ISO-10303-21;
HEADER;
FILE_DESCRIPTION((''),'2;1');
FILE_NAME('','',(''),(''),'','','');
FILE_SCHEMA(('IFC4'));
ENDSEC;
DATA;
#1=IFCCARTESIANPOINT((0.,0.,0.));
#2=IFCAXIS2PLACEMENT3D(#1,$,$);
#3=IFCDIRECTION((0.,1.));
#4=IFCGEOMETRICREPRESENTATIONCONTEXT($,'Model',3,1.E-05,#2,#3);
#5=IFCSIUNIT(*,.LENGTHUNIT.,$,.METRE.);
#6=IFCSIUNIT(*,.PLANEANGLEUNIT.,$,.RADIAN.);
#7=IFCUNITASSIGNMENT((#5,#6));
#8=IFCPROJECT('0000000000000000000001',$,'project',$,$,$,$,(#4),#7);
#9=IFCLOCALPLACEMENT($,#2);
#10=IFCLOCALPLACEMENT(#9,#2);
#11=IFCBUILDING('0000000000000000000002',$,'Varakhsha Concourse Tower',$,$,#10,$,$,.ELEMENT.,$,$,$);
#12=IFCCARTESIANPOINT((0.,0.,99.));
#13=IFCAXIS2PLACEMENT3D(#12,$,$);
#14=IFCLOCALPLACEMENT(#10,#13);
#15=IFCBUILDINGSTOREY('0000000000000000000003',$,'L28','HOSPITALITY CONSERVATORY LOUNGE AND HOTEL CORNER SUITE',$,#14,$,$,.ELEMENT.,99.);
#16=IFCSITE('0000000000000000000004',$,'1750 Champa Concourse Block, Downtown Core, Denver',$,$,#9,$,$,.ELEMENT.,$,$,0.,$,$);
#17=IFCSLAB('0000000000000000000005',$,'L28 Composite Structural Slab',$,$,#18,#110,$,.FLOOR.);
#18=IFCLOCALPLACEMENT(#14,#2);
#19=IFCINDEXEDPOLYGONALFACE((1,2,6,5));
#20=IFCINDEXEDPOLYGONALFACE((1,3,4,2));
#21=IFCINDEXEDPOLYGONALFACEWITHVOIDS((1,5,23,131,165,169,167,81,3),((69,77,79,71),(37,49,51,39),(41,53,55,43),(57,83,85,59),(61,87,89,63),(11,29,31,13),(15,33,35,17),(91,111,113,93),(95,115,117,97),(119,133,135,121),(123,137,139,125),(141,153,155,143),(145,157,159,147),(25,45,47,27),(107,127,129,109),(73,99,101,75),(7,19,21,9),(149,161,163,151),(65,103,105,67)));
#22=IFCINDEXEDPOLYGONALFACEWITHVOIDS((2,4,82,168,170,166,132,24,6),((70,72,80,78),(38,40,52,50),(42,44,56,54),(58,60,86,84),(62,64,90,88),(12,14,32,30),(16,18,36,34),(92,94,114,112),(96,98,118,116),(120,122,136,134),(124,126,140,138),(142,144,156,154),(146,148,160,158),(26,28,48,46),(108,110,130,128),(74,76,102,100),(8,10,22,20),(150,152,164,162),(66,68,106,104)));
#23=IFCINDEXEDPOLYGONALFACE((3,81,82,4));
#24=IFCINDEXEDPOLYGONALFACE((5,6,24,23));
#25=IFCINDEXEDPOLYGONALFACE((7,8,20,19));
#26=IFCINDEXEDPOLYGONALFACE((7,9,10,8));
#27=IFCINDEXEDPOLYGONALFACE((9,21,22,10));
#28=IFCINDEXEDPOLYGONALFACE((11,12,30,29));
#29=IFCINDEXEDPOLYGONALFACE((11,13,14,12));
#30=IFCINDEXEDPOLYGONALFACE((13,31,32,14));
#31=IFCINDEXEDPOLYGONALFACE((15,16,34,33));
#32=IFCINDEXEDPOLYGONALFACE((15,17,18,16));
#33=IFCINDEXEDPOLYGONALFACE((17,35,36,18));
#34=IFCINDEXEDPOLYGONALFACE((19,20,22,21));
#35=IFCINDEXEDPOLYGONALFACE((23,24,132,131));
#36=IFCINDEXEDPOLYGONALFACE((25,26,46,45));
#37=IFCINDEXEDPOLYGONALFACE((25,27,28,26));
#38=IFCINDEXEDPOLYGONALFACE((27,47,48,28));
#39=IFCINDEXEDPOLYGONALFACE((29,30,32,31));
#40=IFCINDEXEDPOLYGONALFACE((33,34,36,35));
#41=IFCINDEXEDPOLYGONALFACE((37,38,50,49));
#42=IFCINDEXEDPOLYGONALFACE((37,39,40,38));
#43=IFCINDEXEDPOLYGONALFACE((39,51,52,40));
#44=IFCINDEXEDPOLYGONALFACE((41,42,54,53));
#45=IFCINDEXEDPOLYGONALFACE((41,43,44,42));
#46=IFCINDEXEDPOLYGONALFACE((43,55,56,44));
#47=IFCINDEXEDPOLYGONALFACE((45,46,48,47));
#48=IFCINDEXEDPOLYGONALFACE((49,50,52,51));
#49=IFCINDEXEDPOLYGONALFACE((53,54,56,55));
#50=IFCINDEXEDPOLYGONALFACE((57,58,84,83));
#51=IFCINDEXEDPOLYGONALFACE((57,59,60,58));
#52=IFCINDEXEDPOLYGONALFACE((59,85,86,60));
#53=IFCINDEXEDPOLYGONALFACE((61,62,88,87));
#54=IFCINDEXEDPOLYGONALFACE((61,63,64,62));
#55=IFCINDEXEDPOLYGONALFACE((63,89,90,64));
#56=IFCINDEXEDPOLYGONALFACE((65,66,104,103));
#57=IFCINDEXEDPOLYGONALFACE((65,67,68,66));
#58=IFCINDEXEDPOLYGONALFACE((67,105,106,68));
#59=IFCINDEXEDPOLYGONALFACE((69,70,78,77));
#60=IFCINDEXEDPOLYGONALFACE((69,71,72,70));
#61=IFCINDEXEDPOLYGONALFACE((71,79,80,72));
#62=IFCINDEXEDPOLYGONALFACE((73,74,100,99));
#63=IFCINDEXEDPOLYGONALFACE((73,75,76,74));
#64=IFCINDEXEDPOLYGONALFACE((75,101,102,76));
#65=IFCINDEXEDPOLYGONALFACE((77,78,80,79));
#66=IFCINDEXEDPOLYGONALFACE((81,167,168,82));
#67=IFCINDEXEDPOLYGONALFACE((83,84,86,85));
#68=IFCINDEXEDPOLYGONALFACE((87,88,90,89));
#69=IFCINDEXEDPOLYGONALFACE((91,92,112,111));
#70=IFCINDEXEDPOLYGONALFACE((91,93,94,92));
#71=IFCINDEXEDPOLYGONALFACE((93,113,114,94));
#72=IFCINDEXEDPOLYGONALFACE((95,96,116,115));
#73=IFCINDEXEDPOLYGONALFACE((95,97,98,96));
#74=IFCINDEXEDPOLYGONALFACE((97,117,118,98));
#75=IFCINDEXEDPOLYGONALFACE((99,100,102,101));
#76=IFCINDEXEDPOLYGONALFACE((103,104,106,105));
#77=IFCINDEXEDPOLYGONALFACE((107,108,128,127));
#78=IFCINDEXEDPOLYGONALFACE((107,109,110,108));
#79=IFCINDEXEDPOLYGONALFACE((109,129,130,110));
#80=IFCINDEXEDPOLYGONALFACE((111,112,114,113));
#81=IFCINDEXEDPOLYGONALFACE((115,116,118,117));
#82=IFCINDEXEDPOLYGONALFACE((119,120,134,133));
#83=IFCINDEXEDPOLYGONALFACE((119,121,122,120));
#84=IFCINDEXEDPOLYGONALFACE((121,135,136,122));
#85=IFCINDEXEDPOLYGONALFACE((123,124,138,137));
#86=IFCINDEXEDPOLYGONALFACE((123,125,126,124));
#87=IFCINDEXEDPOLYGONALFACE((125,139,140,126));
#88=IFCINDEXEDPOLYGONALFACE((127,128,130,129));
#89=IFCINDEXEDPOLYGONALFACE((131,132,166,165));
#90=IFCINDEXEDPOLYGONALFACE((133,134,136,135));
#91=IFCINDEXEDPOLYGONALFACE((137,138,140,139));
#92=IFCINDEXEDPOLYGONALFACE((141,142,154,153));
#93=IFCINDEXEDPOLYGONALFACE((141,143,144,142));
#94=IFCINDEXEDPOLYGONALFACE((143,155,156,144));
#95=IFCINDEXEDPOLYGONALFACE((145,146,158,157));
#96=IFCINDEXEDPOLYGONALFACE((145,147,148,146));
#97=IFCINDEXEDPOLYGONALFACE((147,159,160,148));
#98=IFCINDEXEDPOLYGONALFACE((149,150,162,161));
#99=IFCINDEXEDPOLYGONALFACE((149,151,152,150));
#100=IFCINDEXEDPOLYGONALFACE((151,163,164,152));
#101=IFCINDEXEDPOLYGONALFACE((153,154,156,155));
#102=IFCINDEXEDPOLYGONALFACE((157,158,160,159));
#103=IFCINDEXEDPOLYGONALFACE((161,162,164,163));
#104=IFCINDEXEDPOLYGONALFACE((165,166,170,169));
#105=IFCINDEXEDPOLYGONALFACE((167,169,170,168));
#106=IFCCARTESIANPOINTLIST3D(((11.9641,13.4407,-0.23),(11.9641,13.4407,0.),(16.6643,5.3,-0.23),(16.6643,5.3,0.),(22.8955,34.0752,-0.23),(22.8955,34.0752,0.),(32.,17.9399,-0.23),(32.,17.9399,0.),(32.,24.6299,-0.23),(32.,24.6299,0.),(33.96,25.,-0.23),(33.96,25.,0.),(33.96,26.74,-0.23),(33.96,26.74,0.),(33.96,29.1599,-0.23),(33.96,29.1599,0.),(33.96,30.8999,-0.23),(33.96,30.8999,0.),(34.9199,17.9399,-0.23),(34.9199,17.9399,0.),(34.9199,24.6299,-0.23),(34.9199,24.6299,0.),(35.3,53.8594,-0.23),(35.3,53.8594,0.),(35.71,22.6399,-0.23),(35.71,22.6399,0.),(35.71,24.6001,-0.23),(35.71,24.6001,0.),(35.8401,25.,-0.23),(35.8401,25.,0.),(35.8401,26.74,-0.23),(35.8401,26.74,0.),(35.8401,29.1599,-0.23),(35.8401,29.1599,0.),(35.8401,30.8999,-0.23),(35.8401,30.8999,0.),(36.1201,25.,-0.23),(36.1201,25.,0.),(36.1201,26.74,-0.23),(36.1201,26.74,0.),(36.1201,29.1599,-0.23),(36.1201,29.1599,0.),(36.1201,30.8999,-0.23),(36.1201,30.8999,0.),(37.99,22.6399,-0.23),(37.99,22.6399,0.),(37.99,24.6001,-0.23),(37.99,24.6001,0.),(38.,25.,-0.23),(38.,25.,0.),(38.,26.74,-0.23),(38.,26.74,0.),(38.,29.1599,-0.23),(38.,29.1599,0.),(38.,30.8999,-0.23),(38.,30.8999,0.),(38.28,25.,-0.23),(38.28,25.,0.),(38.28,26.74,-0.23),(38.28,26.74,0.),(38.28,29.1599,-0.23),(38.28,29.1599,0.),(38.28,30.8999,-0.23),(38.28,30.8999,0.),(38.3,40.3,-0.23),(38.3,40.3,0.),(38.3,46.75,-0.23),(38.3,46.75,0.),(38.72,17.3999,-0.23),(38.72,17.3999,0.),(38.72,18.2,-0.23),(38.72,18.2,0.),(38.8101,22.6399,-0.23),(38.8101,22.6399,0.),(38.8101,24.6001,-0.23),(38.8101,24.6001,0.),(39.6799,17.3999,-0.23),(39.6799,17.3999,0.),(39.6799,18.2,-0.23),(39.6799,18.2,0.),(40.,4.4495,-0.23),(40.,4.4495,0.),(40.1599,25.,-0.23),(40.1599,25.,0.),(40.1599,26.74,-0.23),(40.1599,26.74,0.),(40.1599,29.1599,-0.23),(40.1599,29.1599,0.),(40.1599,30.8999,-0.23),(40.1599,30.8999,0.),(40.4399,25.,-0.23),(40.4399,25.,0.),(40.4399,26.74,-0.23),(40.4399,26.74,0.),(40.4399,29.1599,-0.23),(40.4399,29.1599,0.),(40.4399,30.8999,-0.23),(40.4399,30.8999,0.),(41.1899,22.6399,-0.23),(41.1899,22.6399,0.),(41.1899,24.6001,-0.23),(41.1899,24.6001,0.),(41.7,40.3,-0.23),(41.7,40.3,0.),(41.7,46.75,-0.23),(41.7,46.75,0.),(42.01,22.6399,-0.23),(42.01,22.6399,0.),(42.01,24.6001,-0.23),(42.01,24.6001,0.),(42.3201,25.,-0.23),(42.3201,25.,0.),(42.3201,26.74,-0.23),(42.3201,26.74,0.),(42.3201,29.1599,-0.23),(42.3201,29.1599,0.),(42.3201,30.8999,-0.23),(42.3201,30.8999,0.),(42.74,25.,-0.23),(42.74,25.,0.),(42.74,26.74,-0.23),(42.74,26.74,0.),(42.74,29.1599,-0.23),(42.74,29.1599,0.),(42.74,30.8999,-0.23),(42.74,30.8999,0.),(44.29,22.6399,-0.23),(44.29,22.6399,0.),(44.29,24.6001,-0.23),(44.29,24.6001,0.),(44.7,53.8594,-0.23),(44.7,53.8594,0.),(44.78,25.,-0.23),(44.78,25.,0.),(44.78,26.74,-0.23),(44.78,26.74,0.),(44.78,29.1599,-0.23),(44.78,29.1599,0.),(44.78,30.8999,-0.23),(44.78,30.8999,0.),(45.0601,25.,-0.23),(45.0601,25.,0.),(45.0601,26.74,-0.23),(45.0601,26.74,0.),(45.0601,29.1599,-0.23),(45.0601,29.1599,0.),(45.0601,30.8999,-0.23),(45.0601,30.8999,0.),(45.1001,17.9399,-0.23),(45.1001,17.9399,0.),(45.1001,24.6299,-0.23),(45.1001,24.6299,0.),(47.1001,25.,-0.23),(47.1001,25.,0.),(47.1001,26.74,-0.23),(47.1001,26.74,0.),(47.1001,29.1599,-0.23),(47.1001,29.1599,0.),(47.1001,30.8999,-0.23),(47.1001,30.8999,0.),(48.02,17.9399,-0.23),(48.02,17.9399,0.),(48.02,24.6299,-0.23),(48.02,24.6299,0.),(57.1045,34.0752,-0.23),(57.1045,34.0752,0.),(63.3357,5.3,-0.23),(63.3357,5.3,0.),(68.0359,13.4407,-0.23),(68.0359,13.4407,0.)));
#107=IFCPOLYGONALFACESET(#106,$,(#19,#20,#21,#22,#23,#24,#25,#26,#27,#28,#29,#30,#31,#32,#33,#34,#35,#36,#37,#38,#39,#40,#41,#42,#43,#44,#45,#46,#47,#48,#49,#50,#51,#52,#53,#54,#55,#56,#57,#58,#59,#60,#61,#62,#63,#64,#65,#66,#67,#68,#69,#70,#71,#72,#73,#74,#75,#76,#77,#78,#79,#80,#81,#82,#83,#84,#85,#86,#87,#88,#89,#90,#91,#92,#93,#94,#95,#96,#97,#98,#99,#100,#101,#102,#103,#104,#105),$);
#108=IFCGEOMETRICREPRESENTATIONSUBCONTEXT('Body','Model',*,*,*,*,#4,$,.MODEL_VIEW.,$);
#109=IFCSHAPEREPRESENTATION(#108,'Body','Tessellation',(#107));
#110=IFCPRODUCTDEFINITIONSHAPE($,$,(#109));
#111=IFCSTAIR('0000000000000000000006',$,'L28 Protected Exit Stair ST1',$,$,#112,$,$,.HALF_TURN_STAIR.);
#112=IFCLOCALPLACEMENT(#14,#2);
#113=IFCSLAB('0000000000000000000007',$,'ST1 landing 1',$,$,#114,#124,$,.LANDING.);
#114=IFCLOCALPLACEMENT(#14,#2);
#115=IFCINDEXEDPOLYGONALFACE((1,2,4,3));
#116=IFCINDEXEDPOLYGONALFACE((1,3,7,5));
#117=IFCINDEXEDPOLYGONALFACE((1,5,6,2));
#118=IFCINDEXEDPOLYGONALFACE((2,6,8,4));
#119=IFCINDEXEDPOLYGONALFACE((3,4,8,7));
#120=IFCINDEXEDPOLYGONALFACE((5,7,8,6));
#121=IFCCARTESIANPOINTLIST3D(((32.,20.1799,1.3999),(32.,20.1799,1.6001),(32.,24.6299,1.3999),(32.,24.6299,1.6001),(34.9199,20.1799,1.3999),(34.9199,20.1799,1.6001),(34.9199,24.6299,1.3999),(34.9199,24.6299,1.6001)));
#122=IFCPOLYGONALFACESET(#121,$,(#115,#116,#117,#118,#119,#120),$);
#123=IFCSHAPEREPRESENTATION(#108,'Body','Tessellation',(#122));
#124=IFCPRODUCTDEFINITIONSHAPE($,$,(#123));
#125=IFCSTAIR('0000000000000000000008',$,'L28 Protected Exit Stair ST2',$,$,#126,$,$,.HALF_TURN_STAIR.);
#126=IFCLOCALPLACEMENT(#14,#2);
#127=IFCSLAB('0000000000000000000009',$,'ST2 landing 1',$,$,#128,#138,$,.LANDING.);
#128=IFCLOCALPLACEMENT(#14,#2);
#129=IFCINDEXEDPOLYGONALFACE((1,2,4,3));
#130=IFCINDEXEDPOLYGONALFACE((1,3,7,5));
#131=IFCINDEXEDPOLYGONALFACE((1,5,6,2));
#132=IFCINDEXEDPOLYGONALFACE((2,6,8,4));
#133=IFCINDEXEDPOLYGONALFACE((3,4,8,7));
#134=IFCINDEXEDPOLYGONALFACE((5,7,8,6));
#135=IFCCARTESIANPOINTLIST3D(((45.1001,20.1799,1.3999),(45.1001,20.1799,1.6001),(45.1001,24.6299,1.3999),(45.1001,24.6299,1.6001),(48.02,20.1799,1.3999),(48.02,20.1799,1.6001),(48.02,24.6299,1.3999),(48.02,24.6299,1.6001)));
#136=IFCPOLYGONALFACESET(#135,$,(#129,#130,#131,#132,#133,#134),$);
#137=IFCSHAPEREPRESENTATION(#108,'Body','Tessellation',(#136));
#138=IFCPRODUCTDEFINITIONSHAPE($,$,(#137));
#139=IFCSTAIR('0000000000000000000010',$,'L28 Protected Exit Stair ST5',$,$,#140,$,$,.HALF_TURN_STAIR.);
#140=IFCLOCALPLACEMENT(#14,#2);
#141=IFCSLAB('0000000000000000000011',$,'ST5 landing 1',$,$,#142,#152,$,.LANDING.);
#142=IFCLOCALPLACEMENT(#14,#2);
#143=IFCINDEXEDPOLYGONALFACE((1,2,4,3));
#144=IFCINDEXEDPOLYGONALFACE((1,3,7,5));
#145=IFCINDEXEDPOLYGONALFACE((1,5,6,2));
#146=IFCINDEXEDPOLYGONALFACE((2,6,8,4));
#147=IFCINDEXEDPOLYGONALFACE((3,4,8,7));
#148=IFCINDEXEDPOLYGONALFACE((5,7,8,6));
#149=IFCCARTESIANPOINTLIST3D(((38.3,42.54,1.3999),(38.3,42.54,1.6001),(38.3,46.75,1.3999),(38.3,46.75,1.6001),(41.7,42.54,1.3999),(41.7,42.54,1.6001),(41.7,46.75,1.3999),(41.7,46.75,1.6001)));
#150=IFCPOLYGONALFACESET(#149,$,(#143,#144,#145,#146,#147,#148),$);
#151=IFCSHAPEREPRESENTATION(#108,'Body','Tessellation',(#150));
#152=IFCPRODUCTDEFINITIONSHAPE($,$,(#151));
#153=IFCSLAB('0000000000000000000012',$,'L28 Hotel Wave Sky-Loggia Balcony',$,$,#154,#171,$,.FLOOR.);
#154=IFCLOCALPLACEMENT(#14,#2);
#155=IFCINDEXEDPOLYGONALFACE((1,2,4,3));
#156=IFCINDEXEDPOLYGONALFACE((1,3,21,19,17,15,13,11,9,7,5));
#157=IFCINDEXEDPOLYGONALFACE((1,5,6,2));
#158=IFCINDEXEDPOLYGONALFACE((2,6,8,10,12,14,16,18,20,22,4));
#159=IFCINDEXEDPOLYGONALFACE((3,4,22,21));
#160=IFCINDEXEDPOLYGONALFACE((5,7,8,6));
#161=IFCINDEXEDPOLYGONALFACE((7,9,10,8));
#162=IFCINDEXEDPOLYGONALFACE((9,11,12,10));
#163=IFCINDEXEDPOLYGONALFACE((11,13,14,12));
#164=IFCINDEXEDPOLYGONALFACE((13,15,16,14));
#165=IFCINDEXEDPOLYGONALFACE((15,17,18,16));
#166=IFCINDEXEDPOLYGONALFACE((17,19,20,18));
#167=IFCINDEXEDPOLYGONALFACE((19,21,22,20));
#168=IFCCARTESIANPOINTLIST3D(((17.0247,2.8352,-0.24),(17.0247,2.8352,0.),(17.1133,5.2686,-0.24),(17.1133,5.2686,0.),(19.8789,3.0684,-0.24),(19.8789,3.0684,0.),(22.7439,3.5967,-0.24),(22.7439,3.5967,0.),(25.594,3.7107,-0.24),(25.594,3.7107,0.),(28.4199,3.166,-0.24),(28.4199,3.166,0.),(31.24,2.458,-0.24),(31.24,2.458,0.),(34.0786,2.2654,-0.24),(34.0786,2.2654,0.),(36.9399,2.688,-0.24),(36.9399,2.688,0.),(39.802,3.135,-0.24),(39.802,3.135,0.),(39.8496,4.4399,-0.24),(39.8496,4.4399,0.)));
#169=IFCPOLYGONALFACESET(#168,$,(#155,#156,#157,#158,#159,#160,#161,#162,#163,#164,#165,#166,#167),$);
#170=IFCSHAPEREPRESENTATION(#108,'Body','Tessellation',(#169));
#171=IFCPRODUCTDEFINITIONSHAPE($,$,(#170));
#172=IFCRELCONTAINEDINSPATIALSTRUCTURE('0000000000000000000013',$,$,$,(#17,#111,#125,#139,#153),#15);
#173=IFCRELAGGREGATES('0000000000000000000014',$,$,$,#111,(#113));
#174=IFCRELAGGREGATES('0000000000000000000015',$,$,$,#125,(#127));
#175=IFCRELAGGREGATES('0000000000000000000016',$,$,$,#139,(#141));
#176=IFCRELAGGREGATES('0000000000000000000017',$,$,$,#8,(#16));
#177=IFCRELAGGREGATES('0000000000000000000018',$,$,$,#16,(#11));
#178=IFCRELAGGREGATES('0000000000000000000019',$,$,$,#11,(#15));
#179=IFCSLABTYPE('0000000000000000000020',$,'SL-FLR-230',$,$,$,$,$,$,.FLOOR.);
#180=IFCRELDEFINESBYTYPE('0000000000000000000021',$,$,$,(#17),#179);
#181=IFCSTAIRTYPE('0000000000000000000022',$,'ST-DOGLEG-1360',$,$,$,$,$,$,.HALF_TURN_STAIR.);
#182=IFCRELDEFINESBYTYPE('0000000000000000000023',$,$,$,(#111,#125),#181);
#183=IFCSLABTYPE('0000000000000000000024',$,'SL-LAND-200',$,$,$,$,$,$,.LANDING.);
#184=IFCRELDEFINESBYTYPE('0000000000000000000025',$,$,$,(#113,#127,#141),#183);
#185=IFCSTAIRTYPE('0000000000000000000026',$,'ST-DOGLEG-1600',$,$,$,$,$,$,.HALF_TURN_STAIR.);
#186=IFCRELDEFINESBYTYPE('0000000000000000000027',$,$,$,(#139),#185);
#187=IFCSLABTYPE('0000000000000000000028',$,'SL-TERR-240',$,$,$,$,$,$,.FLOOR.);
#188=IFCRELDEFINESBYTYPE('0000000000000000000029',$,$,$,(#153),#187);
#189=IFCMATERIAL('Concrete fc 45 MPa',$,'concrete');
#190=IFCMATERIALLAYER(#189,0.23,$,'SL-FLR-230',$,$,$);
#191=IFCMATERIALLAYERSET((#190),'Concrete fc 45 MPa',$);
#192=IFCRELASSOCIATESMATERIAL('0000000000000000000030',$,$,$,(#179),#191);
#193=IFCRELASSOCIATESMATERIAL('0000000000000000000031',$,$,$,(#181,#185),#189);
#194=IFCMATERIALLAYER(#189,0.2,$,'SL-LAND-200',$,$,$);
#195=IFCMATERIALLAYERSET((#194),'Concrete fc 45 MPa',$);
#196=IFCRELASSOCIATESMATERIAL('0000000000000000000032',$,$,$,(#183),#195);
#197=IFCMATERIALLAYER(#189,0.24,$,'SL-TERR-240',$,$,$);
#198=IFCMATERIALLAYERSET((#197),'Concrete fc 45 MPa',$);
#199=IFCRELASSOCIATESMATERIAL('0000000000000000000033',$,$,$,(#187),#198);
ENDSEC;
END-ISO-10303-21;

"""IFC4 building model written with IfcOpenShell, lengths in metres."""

from ifc_helpers import new_model, si_unit, direction, frame, origin, place, context, subcontext, project, spatial, polyline, outline, extrude, material, layer, layer_set, type_object, element, aggregate, save


model = new_model("IFC4")

# Units and contexts
model_context = context("Model", 3, precision=1e-05, world=origin(), true_north=direction((0.0, 1.0)))
body_context = subcontext(model_context, "Body", "Model", "MODEL_VIEW")
ifc_project = project(units=[si_unit("LENGTHUNIT", "METRE"), si_unit("PLANEANGLEUNIT", "RADIAN")], contexts=[model_context])

# Site, building, storey
site_placement = place(None, origin())
site = spatial("IfcSite", under=ifc_project, at=site_placement, Name="1750 Champa Concourse Block, Downtown Core, Denver", CompositionType="ELEMENT", RefElevation=0.0)
building_placement = place(site_placement, origin())
building = spatial("IfcBuilding", under=site, at=building_placement, Name="Varakhsha Concourse Tower", CompositionType="ELEMENT")
storey_placement = place(building_placement, frame((0.0, 0.0, 99.0)))
storey = spatial("IfcBuildingStorey", under=building, at=storey_placement, Name="L28", Description="HOSPITALITY CONSERVATORY LOUNGE AND HOTEL CORNER SUITE", CompositionType="ELEMENT", Elevation=99.0)

# Slab
ifc_material_1 = material(Name="Concrete fc 45 MPa", Category="concrete")
ifc_layer_1 = layer(ifc_material_1, 0.23, Name="SL-FLR-230")
ifc_layer_set_1 = layer_set([ifc_layer_1], Name="Concrete fc 45 MPa")
slab_type_1 = type_object("IfcSlabType", Name="SL-FLR-230", PredefinedType="FLOOR", material=ifc_layer_set_1)
slab_1_placement = place(storey_placement, frame((0.0, 0.0, -0.23)))
element("IfcSlab", 1, at=slab_1_placement, inside=storey, type_object=slab_type_1, Name="L28 Composite Structural Slab", PredefinedType="FLOOR", context=body_context, shape_type="SweptSolid", body=[
    extrude(outline(polyline([(44.7, 53.8594), (35.3, 53.8594), (22.8955, 34.0752), (11.9641, 13.4407), (16.6643, 5.3), (40.0, 4.4495), (63.3357, 5.3), (68.0359, 13.4407), (57.1045, 34.0752), (44.7, 53.8594)]), holes=[polyline([(34.9199, 17.9399), (34.9199, 24.6299), (32.0, 24.6299), (32.0, 17.9399), (34.9199, 17.9399)]), polyline([(48.02, 17.9399), (48.02, 24.6299), (45.1001, 24.6299), (45.1001, 17.9399), (48.02, 17.9399)]), polyline([(41.7, 40.3), (41.7, 46.75), (38.3, 46.75), (38.3, 40.3), (41.7, 40.3)]), polyline([(33.96, 29.1599), (35.8401, 29.1599), (35.8401, 30.8999), (33.96, 30.8999), (33.96, 29.1599)]), polyline([(36.1201, 29.1599), (38.0, 29.1599), (38.0, 30.8999), (36.1201, 30.8999), (36.1201, 29.1599)]), polyline([(38.28, 29.1599), (40.1599, 29.1599), (40.1599, 30.8999), (38.28, 30.8999), (38.28, 29.1599)]), polyline([(40.4399, 29.1599), (42.3201, 29.1599), (42.3201, 30.8999), (40.4399, 30.8999), (40.4399, 29.1599)]), polyline([(33.96, 25.0), (35.8401, 25.0), (35.8401, 26.74), (33.96, 26.74), (33.96, 25.0)]), polyline([(36.1201, 25.0), (38.0, 25.0), (38.0, 26.74), (36.1201, 26.74), (36.1201, 25.0)]), polyline([(38.28, 25.0), (40.1599, 25.0), (40.1599, 26.74), (38.28, 26.74), (38.28, 25.0)]), polyline([(40.4399, 25.0), (42.3201, 25.0), (42.3201, 26.74), (40.4399, 26.74), (40.4399, 25.0)]), polyline([(42.74, 29.1599), (44.78, 29.1599), (44.78, 30.8999), (42.74, 30.8999), (42.74, 29.1599)]), polyline([(45.0601, 29.1599), (47.1001, 29.1599), (47.1001, 30.8999), (45.0601, 30.8999), (45.0601, 29.1599)]), polyline([(42.74, 25.0), (44.78, 25.0), (44.78, 26.74), (42.74, 26.74), (42.74, 25.0)]), polyline([(45.0601, 25.0), (47.1001, 25.0), (47.1001, 26.74), (45.0601, 26.74), (45.0601, 25.0)]), polyline([(35.71, 22.6399), (37.99, 22.6399), (37.99, 24.6001), (35.71, 24.6001), (35.71, 22.6399)]), polyline([(42.01, 22.6399), (44.29, 22.6399), (44.29, 24.6001), (42.01, 24.6001), (42.01, 22.6399)]), polyline([(38.8101, 22.6399), (41.1899, 22.6399), (41.1899, 24.6001), (38.8101, 24.6001), (38.8101, 22.6399)]), polyline([(38.72, 17.3999), (39.6799, 17.3999), (39.6799, 18.2), (38.72, 18.2), (38.72, 17.3999)])]), origin(), (0.0, 0.0, 1.0), 0.23),
])

# Stairs, slabs
stair_type_1 = type_object("IfcStairType", Name="ST-DOGLEG-1360", PredefinedType="HALF_TURN_STAIR", material=ifc_material_1)
stair_1_placement = place(storey_placement, origin())
stair_1 = element("IfcStair", 2, at=stair_1_placement, inside=storey, type_object=stair_type_1, Name="L28 Protected Exit Stair ST1", PredefinedType="HALF_TURN_STAIR")
ifc_layer_2 = layer(ifc_material_1, 0.2, Name="SL-LAND-200")
ifc_layer_set_2 = layer_set([ifc_layer_2], Name="Concrete fc 45 MPa")
slab_type_2 = type_object("IfcSlabType", Name="SL-LAND-200", PredefinedType="LANDING", material=ifc_layer_set_2)
slab_2_placement = place(storey_placement, frame((0.0, 0.0, 1.3999)))
slab_2 = element("IfcSlab", 3, at=slab_2_placement, type_object=slab_type_2, Name="ST1 landing 1", PredefinedType="LANDING", context=body_context, shape_type="SweptSolid", body=[
    extrude(outline(polyline([(34.9199, 20.1799), (34.9199, 24.6299), (32.0, 24.6299), (32.0, 20.1799), (34.9199, 20.1799)])), origin(), (0.0, 0.0, 1.0), 0.2002),
])
aggregate(stair_1, [slab_2])
stair_2_placement = place(storey_placement, origin())
stair_2 = element("IfcStair", 4, at=stair_2_placement, inside=storey, type_object=stair_type_1, Name="L28 Protected Exit Stair ST2", PredefinedType="HALF_TURN_STAIR")
slab_3_placement = place(storey_placement, frame((0.0, 0.0, 1.3999)))
slab_3 = element("IfcSlab", 5, at=slab_3_placement, type_object=slab_type_2, Name="ST2 landing 1", PredefinedType="LANDING", context=body_context, shape_type="SweptSolid", body=[
    extrude(outline(polyline([(48.02, 20.1799), (48.02, 24.6299), (45.1001, 24.6299), (45.1001, 20.1799), (48.02, 20.1799)])), origin(), (0.0, 0.0, 1.0), 0.2002),
])
aggregate(stair_2, [slab_3])
stair_type_2 = type_object("IfcStairType", Name="ST-DOGLEG-1600", PredefinedType="HALF_TURN_STAIR", material=ifc_material_1)
stair_3_placement = place(storey_placement, origin())
stair_3 = element("IfcStair", 6, at=stair_3_placement, inside=storey, type_object=stair_type_2, Name="L28 Protected Exit Stair ST5", PredefinedType="HALF_TURN_STAIR")
slab_4_placement = place(storey_placement, frame((0.0, 0.0, 1.3999)))
slab_4 = element("IfcSlab", 7, at=slab_4_placement, type_object=slab_type_2, Name="ST5 landing 1", PredefinedType="LANDING", context=body_context, shape_type="SweptSolid", body=[
    extrude(outline(polyline([(41.7, 42.54), (41.7, 46.75), (38.3, 46.75), (38.3, 42.54), (41.7, 42.54)])), origin(), (0.0, 0.0, 1.0), 0.2002),
])
aggregate(stair_3, [slab_4])

# Slab
ifc_layer_3 = layer(ifc_material_1, 0.24, Name="SL-TERR-240")
ifc_layer_set_3 = layer_set([ifc_layer_3], Name="Concrete fc 45 MPa")
slab_type_3 = type_object("IfcSlabType", Name="SL-TERR-240", PredefinedType="FLOOR", material=ifc_layer_set_3)
slab_5_placement = place(storey_placement, frame((0.0, 0.0, -0.24)))
element("IfcSlab", 8, at=slab_5_placement, inside=storey, type_object=slab_type_3, Name="L28 Hotel Wave Sky-Loggia Balcony", PredefinedType="FLOOR", context=body_context, shape_type="SweptSolid", body=[
    extrude(outline(polyline([(17.1133, 5.2686), (39.8496, 4.4399), (39.802, 3.135), (36.9399, 2.688), (34.0786, 2.2654), (31.24, 2.458), (28.4199, 3.166), (25.594, 3.7107), (22.7439, 3.5967), (19.8789, 3.0684), (17.0247, 2.8352), (17.1133, 5.2686)])), origin(), (0.0, 0.0, 1.0), 0.24),
])

save(model, "model.ifc")
